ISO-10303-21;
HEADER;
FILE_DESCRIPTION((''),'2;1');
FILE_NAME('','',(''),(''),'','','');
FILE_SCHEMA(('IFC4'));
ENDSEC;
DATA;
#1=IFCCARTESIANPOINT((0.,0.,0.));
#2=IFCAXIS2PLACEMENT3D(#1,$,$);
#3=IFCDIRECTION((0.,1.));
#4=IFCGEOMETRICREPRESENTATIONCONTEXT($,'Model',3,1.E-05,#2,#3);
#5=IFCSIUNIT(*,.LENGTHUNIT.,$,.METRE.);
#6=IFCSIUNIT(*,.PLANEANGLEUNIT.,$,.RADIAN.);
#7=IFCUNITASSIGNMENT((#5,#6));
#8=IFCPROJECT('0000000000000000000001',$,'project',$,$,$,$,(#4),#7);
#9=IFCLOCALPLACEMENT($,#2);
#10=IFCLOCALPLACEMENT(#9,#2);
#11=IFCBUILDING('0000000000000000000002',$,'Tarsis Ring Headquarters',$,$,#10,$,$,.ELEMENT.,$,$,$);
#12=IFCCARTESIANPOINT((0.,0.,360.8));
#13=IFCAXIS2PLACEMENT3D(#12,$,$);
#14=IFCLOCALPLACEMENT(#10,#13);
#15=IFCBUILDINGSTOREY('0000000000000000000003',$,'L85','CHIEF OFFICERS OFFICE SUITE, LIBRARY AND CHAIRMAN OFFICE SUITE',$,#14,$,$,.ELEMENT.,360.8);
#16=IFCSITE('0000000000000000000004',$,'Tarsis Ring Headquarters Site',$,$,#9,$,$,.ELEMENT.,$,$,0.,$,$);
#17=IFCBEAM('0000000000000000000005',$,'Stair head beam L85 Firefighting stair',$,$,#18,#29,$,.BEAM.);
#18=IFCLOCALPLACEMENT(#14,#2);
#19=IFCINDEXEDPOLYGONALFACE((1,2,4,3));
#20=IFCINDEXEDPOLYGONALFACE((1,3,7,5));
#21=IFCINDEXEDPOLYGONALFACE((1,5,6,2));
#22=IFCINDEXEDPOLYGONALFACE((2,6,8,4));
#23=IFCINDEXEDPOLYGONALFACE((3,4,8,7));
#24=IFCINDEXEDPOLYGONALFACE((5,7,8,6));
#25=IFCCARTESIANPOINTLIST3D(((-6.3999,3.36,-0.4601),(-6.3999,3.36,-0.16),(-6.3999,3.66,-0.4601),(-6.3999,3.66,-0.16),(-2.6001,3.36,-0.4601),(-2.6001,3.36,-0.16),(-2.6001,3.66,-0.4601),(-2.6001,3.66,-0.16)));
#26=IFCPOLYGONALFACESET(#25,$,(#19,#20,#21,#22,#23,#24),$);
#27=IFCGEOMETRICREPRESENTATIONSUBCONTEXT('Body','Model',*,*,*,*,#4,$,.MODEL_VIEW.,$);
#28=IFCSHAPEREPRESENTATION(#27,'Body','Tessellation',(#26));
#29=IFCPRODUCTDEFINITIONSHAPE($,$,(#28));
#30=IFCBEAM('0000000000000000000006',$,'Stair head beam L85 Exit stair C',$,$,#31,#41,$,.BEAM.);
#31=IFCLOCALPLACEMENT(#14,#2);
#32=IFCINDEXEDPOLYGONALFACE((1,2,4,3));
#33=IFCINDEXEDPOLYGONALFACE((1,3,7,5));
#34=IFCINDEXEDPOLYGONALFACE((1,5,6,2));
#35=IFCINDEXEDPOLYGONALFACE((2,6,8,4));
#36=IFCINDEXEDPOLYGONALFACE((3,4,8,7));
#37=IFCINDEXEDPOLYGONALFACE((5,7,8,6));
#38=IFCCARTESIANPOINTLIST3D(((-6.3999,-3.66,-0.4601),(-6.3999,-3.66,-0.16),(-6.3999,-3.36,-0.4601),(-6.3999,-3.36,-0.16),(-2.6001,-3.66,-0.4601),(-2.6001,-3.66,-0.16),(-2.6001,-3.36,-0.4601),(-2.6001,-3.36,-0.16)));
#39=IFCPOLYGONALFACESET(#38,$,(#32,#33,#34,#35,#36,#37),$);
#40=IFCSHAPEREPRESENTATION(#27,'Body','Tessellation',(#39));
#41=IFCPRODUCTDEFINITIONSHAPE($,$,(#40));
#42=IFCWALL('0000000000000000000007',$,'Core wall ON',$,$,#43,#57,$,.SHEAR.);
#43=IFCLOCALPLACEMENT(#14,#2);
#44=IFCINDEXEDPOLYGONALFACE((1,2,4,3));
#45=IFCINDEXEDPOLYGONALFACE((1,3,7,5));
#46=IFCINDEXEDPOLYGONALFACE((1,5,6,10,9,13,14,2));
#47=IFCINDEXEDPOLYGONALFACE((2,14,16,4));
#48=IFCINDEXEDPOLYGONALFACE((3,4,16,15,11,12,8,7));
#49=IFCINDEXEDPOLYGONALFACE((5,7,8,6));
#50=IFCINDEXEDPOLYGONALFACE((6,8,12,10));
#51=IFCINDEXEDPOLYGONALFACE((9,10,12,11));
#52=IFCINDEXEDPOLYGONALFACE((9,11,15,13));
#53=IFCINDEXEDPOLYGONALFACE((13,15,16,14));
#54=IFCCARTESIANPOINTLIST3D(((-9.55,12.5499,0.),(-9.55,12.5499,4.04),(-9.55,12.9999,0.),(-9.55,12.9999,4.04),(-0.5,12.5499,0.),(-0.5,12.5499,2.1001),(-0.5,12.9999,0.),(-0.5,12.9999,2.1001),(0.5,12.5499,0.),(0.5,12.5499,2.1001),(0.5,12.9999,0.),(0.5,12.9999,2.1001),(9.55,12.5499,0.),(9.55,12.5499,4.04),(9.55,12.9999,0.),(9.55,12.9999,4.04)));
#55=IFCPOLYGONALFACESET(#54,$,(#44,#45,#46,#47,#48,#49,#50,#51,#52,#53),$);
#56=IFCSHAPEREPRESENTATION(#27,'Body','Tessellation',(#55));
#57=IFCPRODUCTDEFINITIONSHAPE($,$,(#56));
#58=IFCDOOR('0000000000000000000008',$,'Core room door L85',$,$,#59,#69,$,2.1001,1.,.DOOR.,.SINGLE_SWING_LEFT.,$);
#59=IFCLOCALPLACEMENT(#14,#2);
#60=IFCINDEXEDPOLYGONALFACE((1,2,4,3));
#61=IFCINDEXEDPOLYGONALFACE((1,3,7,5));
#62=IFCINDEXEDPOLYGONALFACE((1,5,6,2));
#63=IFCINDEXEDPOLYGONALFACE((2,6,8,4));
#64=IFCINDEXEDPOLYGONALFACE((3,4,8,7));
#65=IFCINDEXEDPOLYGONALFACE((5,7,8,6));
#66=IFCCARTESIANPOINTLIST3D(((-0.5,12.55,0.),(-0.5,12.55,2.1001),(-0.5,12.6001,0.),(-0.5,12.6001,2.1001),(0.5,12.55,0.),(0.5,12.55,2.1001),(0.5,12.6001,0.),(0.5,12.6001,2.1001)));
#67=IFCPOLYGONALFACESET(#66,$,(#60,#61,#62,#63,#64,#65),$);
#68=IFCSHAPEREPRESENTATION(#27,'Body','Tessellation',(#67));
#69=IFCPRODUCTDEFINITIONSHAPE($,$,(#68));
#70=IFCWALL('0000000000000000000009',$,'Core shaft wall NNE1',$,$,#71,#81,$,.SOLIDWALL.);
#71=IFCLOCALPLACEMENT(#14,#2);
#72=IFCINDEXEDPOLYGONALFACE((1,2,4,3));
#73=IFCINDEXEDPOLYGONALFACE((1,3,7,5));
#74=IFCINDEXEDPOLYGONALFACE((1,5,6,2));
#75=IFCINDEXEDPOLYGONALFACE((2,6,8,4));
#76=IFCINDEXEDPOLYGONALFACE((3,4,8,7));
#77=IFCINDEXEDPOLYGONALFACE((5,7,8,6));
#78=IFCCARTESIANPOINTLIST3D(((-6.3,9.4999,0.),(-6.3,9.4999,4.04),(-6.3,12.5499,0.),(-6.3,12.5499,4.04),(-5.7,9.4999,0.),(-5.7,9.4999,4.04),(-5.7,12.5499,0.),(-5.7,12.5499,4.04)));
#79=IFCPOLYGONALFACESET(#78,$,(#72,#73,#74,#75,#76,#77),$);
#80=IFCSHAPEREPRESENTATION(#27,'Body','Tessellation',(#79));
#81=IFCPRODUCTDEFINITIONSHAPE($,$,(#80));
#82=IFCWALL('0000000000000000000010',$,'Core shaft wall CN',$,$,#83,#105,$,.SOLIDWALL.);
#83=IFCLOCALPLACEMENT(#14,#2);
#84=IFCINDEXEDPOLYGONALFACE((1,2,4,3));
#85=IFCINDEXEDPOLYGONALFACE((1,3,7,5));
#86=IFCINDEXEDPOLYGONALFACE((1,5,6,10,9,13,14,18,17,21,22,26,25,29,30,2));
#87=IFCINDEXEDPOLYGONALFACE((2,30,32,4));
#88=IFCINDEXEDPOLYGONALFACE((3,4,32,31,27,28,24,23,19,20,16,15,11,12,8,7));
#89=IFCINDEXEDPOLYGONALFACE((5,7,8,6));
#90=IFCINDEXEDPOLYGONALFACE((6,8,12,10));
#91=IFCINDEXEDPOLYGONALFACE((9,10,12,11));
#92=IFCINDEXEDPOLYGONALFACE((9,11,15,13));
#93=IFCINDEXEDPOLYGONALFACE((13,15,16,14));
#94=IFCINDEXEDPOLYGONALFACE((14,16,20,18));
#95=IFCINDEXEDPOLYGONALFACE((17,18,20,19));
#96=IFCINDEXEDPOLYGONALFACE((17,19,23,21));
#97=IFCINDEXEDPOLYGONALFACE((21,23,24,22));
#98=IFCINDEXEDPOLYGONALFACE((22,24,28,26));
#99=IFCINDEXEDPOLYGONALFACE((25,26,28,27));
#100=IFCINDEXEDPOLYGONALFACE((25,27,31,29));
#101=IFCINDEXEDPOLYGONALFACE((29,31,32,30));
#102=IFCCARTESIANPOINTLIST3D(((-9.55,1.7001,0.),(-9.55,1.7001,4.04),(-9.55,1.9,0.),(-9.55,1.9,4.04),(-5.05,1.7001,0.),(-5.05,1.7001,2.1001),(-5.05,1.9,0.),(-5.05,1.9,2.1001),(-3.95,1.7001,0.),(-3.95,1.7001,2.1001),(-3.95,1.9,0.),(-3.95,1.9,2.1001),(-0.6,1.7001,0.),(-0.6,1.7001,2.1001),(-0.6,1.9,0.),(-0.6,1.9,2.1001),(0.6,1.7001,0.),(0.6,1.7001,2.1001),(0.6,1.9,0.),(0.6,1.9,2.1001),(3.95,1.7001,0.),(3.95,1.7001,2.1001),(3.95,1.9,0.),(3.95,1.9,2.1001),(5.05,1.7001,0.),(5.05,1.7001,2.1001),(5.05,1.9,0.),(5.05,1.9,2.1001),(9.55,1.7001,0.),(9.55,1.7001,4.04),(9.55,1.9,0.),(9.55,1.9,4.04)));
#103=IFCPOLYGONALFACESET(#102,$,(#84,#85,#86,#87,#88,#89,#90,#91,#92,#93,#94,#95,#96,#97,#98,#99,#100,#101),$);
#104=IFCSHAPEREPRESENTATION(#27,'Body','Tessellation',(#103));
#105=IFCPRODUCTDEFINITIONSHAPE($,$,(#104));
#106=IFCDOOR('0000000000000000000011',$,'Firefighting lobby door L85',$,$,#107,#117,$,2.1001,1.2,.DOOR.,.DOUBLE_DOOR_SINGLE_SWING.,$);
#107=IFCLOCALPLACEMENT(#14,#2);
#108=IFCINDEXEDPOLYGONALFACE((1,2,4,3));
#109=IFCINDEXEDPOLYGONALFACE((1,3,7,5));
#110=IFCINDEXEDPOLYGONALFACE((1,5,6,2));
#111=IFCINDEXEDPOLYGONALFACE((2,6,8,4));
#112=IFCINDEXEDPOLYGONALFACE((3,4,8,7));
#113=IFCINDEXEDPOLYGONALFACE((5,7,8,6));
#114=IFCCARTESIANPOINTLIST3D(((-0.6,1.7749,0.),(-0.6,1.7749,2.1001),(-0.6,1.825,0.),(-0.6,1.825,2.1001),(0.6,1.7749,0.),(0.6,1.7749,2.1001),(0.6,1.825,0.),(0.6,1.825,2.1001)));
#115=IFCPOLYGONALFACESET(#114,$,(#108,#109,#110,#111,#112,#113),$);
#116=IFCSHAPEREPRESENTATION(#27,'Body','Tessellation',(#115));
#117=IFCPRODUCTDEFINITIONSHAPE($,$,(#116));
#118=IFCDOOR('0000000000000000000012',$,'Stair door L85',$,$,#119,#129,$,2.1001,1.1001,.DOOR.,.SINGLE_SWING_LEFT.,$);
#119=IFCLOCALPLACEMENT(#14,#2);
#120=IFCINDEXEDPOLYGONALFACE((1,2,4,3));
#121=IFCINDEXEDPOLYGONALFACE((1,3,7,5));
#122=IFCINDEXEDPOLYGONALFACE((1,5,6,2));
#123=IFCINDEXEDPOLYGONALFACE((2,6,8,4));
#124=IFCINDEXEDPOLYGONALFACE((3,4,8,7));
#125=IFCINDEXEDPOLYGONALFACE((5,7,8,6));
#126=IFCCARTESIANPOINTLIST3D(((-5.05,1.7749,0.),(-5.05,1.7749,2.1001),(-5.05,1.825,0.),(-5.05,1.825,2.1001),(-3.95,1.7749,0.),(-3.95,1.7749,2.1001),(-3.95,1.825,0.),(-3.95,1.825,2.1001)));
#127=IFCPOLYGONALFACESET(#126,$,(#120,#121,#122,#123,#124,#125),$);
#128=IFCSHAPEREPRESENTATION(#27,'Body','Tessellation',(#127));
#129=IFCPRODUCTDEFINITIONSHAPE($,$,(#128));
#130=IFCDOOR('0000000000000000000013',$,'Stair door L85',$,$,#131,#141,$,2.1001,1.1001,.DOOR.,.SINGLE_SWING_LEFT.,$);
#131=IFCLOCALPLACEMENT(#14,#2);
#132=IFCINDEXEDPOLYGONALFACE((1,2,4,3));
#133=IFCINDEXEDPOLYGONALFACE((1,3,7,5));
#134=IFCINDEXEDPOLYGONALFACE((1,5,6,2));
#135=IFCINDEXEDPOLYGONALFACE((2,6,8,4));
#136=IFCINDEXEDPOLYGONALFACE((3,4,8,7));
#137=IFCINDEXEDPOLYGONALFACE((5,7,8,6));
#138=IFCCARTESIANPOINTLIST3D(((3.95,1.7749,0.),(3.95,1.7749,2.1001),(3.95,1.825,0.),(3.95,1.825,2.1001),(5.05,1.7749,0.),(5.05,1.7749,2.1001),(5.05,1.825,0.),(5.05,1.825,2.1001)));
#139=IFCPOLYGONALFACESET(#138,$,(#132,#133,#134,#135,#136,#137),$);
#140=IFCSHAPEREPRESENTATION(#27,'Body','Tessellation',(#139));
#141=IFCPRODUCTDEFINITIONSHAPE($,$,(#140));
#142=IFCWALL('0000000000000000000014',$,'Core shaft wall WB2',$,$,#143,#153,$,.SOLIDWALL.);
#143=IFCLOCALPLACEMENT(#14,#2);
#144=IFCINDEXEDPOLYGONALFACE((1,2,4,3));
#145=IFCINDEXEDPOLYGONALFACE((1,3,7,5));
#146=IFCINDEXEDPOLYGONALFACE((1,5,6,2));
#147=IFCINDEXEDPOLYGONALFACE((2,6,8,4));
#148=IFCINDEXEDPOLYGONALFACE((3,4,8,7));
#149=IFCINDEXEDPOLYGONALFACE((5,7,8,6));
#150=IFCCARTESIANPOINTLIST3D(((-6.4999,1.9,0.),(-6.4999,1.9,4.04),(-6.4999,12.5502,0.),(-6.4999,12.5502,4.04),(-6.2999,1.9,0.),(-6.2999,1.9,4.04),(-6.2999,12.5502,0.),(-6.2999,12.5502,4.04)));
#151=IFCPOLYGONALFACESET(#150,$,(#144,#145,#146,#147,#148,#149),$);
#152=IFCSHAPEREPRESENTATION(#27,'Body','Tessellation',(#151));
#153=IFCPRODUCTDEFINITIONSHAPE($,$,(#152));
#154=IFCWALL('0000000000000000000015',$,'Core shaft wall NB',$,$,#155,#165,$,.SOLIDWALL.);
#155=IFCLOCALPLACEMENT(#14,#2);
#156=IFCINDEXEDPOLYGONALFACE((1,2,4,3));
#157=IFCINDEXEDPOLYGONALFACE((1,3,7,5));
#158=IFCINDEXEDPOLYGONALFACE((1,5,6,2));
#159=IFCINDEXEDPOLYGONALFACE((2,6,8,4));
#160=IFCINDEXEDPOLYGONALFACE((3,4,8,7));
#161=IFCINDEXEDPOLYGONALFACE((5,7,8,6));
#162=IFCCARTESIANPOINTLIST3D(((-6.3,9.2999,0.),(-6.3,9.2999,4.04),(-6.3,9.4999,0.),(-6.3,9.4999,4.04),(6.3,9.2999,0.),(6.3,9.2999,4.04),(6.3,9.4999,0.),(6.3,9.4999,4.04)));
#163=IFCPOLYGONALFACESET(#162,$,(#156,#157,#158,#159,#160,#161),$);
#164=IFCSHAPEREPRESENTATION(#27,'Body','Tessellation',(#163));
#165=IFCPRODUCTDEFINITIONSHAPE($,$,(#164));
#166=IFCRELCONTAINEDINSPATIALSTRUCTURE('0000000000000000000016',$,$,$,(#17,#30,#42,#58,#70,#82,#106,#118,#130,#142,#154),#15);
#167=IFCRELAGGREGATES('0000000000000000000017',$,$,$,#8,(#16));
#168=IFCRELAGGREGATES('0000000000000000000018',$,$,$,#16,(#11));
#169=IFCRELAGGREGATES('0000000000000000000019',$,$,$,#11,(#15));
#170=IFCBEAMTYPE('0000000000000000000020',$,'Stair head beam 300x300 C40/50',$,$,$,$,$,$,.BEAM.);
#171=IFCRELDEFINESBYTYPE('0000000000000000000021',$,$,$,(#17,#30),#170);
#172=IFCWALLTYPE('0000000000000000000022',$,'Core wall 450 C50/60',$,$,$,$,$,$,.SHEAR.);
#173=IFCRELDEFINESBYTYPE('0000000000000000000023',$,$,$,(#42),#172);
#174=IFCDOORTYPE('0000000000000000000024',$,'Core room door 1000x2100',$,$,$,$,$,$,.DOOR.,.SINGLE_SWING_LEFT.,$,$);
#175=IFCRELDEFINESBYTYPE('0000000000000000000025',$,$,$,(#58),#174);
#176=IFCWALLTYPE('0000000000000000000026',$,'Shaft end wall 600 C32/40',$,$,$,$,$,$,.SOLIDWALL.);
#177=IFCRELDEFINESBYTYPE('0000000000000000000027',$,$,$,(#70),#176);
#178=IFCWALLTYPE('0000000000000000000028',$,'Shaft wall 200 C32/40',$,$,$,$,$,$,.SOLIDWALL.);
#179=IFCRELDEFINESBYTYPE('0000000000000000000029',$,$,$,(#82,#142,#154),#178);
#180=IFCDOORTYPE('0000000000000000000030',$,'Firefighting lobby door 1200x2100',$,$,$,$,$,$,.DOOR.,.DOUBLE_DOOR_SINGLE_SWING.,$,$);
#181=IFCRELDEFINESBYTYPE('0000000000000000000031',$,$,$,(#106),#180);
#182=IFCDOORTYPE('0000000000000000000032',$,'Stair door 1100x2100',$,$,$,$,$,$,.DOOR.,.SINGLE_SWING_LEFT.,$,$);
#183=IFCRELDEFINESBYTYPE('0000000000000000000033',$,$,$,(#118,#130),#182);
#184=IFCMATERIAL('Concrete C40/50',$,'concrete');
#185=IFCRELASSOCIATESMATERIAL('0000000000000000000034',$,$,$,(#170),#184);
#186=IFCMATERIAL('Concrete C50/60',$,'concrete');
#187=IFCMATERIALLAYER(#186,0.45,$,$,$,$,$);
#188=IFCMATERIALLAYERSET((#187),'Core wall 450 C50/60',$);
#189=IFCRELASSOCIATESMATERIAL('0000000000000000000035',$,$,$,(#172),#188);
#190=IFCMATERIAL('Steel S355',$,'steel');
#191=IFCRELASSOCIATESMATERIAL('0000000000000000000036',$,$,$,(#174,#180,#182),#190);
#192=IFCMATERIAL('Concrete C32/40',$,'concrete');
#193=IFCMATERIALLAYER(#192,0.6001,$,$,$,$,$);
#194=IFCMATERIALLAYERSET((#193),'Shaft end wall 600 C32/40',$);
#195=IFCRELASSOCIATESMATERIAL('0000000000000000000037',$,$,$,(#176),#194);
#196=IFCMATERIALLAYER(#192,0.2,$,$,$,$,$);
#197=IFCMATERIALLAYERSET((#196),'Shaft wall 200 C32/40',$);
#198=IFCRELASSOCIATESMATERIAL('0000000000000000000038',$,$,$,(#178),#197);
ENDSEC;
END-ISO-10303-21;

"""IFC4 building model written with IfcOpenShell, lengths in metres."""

from ifc_helpers import new_model, si_unit, direction, frame, frame_2d, origin, origin_2d, place, context, subcontext, project, spatial, rectangle, extrude, material, layer, layer_set, material_profile, profile_set, type_object, element, fill, save


model = new_model("IFC4")

# Units and contexts
model_context = context("Model", 3, precision=1e-05, world=origin(), true_north=direction((0.0, 1.0)))
body_context = subcontext(model_context, "Body", "Model", "MODEL_VIEW")
ifc_project = project(units=[si_unit("LENGTHUNIT", "METRE"), si_unit("PLANEANGLEUNIT", "RADIAN")], contexts=[model_context])

# Site, building, storey
site_placement = place(None, origin())
site = spatial("IfcSite", under=ifc_project, at=site_placement, Name="Tarsis Ring Headquarters Site", CompositionType="ELEMENT", RefElevation=0.0)
building_placement = place(site_placement, origin())
building = spatial("IfcBuilding", under=site, at=building_placement, Name="Tarsis Ring Headquarters", CompositionType="ELEMENT")
storey_placement = place(building_placement, frame((0.0, 0.0, 360.8)))
storey = spatial("IfcBuildingStorey", under=building, at=storey_placement, Name="L85", Description="CHIEF OFFICERS OFFICE SUITE, LIBRARY AND CHAIRMAN OFFICE SUITE", CompositionType="ELEMENT", Elevation=360.8)

# Beams
ifc_material_1 = material(Name="Concrete C40/50", Category="concrete")
ifc_material_profile = material_profile(ifc_material_1, rectangle(XDim=0.3, YDim=0.3, at=origin_2d()), Name="Stair head beam 300x300 C40/50")
ifc_profile_set = profile_set([ifc_material_profile], Name="Concrete C40/50")
beam_type = type_object("IfcBeamType", Name="Stair head beam 300x300 C40/50", PredefinedType="BEAM", material=ifc_profile_set)
for number, where, z_axis, x_axis, name in (
    (1, (-6.3999, 3.51, -0.3101), (1.0, 0.0, 0.0), (0.0, 1.0, 0.0), "Stair head beam L85 Firefighting stair"),
    (2, (-6.3999, -3.51, -0.3101), (1.0, 0.0, 0.0), (0.0, 1.0, 0.0), "Stair head beam L85 Exit stair C"),
):
    element("IfcBeam", number, at=place(storey_placement, frame(where, z_axis=z_axis, x_axis=x_axis)), inside=storey, type_object=beam_type, Name=name, PredefinedType="BEAM", context=body_context, shape_type="SweptSolid", body=[
        extrude(rectangle(XDim=0.3, YDim=0.3, at=origin_2d()), origin(), (0.0, 0.0, 1.0), 3.7998),
    ])

# Wall, opening, door
ifc_material_2 = material(Name="Concrete C50/60", Category="concrete")
ifc_layer_1 = layer(ifc_material_2, 0.45)
ifc_layer_set_1 = layer_set([ifc_layer_1], Name="Core wall 450 C50/60")
wall_type_1 = type_object("IfcWallType", Name="Core wall 450 C50/60", PredefinedType="SHEAR", material=ifc_layer_set_1)
wall_1_placement = place(storey_placement, frame((-9.55, 12.7749, 0.0), z_axis=(0.0, 0.0, 1.0), x_axis=(1.0, 0.0, 0.0)))
wall_1 = element("IfcWall", 3, at=wall_1_placement, inside=storey, type_object=wall_type_1, Name="Core wall ON", PredefinedType="SHEAR", context=body_context, shape_type="SweptSolid", body=[
    extrude(rectangle(XDim=19.1001, YDim=0.45, at=frame_2d((9.55, 0.0))), origin(), (0.0, 0.0, 1.0), 4.04),
])
opening_1_placement = place(wall_1_placement, frame((9.05, 0.0, 0.0)))
opening_1 = element("IfcOpeningElement", 4, at=opening_1_placement, cuts=wall_1, PredefinedType="OPENING", context=body_context, shape_type="SweptSolid", body=[
    extrude(rectangle(XDim=1.0, YDim=2.1001, at=frame_2d((0.5, 1.05))), frame((0.0, 0.2349, 0.0), z_axis=(0.0, -1.0, 0.0), x_axis=(1.0, 0.0, 0.0)), (0.0, 0.0, 1.0), 0.47),
])
ifc_material_3 = material(Name="Steel S355", Category="steel")
door_type_1 = type_object("IfcDoorType", Name="Core room door 1000x2100", OperationType="SINGLE_SWING_LEFT", PredefinedType="DOOR", material=ifc_material_3)
door_1_placement = place(opening_1_placement, origin())
door_1 = element("IfcDoor", 5, at=door_1_placement, inside=storey, type_object=door_type_1, Name="Core room door L85", OperationType="SINGLE_SWING_LEFT", OverallHeight=2.1001, OverallWidth=1.0, PredefinedType="DOOR", context=body_context, shape_type="SweptSolid", body=[
    extrude(rectangle(XDim=1.0, YDim=2.1001, at=frame_2d((0.5, 1.05))), frame((0.0, -0.1748, 0.0), z_axis=(0.0, -1.0, 0.0), x_axis=(1.0, 0.0, 0.0)), (0.0, 0.0, 1.0), 0.05),
])
fill(opening_1, door_1)

# Wall
ifc_material_4 = material(Name="Concrete C32/40", Category="concrete")
ifc_layer_2 = layer(ifc_material_4, 0.6001)
ifc_layer_set_2 = layer_set([ifc_layer_2], Name="Shaft end wall 600 C32/40")
wall_type_2 = type_object("IfcWallType", Name="Shaft end wall 600 C32/40", PredefinedType="SOLIDWALL", material=ifc_layer_set_2)
wall_2_placement = place(storey_placement, frame((-6.0, 9.5, 0.0), z_axis=(0.0, 0.0, 1.0), x_axis=(0.0, 1.0, 0.0)))
element("IfcWall", 6, at=wall_2_placement, inside=storey, type_object=wall_type_2, Name="Core shaft wall NNE1", PredefinedType="SOLIDWALL", context=body_context, shape_type="SweptSolid", body=[
    extrude(rectangle(XDim=3.05, YDim=0.6001, at=frame_2d((1.5249, 0.0))), origin(), (0.0, 0.0, 1.0), 4.04),
])

# Wall, openings, doors
ifc_layer_3 = layer(ifc_material_4, 0.2)
ifc_layer_set_3 = layer_set([ifc_layer_3], Name="Shaft wall 200 C32/40")
wall_type_3 = type_object("IfcWallType", Name="Shaft wall 200 C32/40", PredefinedType="SOLIDWALL", material=ifc_layer_set_3)
wall_3_placement = place(storey_placement, frame((-9.55, 1.8, 0.0), z_axis=(0.0, 0.0, 1.0), x_axis=(1.0, 0.0, 0.0)))
wall_3 = element("IfcWall", 7, at=wall_3_placement, inside=storey, type_object=wall_type_3, Name="Core shaft wall CN", PredefinedType="SOLIDWALL", context=body_context, shape_type="SweptSolid", body=[
    extrude(rectangle(XDim=19.1001, YDim=0.2, at=frame_2d((9.55, 0.0))), origin(), (0.0, 0.0, 1.0), 4.04),
])
opening_2_placement = place(wall_3_placement, frame((4.5, 0.0, 0.0)))
opening_2 = element("IfcOpeningElement", 8, at=opening_2_placement, cuts=wall_3, PredefinedType="OPENING", context=body_context, shape_type="SweptSolid", body=[
    extrude(rectangle(XDim=1.1001, YDim=2.1001, at=frame_2d((0.55, 1.05))), frame((0.0, 0.1099, 0.0), z_axis=(0.0, -1.0, 0.0), x_axis=(1.0, 0.0, 0.0)), (0.0, 0.0, 1.0), 0.22),
])
opening_3_placement = place(wall_3_placement, frame((8.95, 0.0, 0.0)))
opening_3 = element("IfcOpeningElement", 9, at=opening_3_placement, cuts=wall_3, PredefinedType="OPENING", context=body_context, shape_type="SweptSolid", body=[
    extrude(rectangle(XDim=1.2, YDim=2.1001, at=frame_2d((0.6001, 1.05))), frame((0.0, 0.1099, 0.0), z_axis=(0.0, -1.0, 0.0), x_axis=(1.0, 0.0, 0.0)), (0.0, 0.0, 1.0), 0.22),
])
opening_4_placement = place(wall_3_placement, frame((13.5, 0.0, 0.0)))
opening_4 = element("IfcOpeningElement", 10, at=opening_4_placement, cuts=wall_3, PredefinedType="OPENING", context=body_context, shape_type="SweptSolid", body=[
    extrude(rectangle(XDim=1.1001, YDim=2.1001, at=frame_2d((0.55, 1.05))), frame((0.0, 0.1099, 0.0), z_axis=(0.0, -1.0, 0.0), x_axis=(1.0, 0.0, 0.0)), (0.0, 0.0, 1.0), 0.22),
])
door_type_2 = type_object("IfcDoorType", Name="Firefighting lobby door 1200x2100", OperationType="DOUBLE_DOOR_SINGLE_SWING", PredefinedType="DOOR", material=ifc_material_3)
door_2_placement = place(opening_3_placement, origin())
door_2 = element("IfcDoor", 11, at=door_2_placement, inside=storey, type_object=door_type_2, Name="Firefighting lobby door L85", OperationType="DOUBLE_DOOR_SINGLE_SWING", OverallHeight=2.1001, OverallWidth=1.2, PredefinedType="DOOR", context=body_context, shape_type="SweptSolid", body=[
    extrude(rectangle(XDim=1.2, YDim=2.1001, at=frame_2d((0.6001, 1.05))), frame((0.0, 0.0249, 0.0), z_axis=(0.0, -1.0, 0.0), x_axis=(1.0, 0.0, 0.0)), (0.0, 0.0, 1.0), 0.05),
])
fill(opening_3, door_2)
door_type_3 = type_object("IfcDoorType", Name="Stair door 1100x2100", OperationType="SINGLE_SWING_LEFT", PredefinedType="DOOR", material=ifc_material_3)
door_3_placement = place(opening_2_placement, origin())
door_3 = element("IfcDoor", 12, at=door_3_placement, inside=storey, type_object=door_type_3, Name="Stair door L85", OperationType="SINGLE_SWING_LEFT", OverallHeight=2.1001, OverallWidth=1.1001, PredefinedType="DOOR", context=body_context, shape_type="SweptSolid", body=[
    extrude(rectangle(XDim=1.1001, YDim=2.1001, at=frame_2d((0.55, 1.05))), frame((0.0, 0.0249, 0.0), z_axis=(0.0, -1.0, 0.0), x_axis=(1.0, 0.0, 0.0)), (0.0, 0.0, 1.0), 0.05),
])
fill(opening_2, door_3)
door_4_placement = place(opening_4_placement, origin())
door_4 = element("IfcDoor", 13, at=door_4_placement, inside=storey, type_object=door_type_3, Name="Stair door L85", OperationType="SINGLE_SWING_LEFT", OverallHeight=2.1001, OverallWidth=1.1001, PredefinedType="DOOR", context=body_context, shape_type="SweptSolid", body=[
    extrude(rectangle(XDim=1.1001, YDim=2.1001, at=frame_2d((0.55, 1.05))), frame((0.0, 0.0249, 0.0), z_axis=(0.0, -1.0, 0.0), x_axis=(1.0, 0.0, 0.0)), (0.0, 0.0, 1.0), 0.05),
])
fill(opening_4, door_4)

# Walls
wall_4_placement = place(storey_placement, frame((-6.3999, 1.8999, 0.0), z_axis=(0.0, 0.0, 1.0), x_axis=(0.0, 1.0, 0.0)))
element("IfcWall", 14, at=wall_4_placement, inside=storey, type_object=wall_type_3, Name="Core shaft wall WB2", PredefinedType="SOLIDWALL", context=body_context, shape_type="SweptSolid", body=[
    extrude(rectangle(XDim=10.6501, YDim=0.2, at=frame_2d((5.3252, 0.0))), origin(), (0.0, 0.0, 1.0), 4.04),
])
wall_5_placement = place(storey_placement, frame((-6.3, 9.3999, 0.0), z_axis=(0.0, 0.0, 1.0), x_axis=(1.0, 0.0, 0.0)))
element("IfcWall", 15, at=wall_5_placement, inside=storey, type_object=wall_type_3, Name="Core shaft wall NB", PredefinedType="SOLIDWALL", context=body_context, shape_type="SweptSolid", body=[
    extrude(rectangle(XDim=12.6001, YDim=0.2, at=frame_2d((6.3, 0.0))), origin(), (0.0, 0.0, 1.0), 4.04),
])

save(model, "model.ifc")
